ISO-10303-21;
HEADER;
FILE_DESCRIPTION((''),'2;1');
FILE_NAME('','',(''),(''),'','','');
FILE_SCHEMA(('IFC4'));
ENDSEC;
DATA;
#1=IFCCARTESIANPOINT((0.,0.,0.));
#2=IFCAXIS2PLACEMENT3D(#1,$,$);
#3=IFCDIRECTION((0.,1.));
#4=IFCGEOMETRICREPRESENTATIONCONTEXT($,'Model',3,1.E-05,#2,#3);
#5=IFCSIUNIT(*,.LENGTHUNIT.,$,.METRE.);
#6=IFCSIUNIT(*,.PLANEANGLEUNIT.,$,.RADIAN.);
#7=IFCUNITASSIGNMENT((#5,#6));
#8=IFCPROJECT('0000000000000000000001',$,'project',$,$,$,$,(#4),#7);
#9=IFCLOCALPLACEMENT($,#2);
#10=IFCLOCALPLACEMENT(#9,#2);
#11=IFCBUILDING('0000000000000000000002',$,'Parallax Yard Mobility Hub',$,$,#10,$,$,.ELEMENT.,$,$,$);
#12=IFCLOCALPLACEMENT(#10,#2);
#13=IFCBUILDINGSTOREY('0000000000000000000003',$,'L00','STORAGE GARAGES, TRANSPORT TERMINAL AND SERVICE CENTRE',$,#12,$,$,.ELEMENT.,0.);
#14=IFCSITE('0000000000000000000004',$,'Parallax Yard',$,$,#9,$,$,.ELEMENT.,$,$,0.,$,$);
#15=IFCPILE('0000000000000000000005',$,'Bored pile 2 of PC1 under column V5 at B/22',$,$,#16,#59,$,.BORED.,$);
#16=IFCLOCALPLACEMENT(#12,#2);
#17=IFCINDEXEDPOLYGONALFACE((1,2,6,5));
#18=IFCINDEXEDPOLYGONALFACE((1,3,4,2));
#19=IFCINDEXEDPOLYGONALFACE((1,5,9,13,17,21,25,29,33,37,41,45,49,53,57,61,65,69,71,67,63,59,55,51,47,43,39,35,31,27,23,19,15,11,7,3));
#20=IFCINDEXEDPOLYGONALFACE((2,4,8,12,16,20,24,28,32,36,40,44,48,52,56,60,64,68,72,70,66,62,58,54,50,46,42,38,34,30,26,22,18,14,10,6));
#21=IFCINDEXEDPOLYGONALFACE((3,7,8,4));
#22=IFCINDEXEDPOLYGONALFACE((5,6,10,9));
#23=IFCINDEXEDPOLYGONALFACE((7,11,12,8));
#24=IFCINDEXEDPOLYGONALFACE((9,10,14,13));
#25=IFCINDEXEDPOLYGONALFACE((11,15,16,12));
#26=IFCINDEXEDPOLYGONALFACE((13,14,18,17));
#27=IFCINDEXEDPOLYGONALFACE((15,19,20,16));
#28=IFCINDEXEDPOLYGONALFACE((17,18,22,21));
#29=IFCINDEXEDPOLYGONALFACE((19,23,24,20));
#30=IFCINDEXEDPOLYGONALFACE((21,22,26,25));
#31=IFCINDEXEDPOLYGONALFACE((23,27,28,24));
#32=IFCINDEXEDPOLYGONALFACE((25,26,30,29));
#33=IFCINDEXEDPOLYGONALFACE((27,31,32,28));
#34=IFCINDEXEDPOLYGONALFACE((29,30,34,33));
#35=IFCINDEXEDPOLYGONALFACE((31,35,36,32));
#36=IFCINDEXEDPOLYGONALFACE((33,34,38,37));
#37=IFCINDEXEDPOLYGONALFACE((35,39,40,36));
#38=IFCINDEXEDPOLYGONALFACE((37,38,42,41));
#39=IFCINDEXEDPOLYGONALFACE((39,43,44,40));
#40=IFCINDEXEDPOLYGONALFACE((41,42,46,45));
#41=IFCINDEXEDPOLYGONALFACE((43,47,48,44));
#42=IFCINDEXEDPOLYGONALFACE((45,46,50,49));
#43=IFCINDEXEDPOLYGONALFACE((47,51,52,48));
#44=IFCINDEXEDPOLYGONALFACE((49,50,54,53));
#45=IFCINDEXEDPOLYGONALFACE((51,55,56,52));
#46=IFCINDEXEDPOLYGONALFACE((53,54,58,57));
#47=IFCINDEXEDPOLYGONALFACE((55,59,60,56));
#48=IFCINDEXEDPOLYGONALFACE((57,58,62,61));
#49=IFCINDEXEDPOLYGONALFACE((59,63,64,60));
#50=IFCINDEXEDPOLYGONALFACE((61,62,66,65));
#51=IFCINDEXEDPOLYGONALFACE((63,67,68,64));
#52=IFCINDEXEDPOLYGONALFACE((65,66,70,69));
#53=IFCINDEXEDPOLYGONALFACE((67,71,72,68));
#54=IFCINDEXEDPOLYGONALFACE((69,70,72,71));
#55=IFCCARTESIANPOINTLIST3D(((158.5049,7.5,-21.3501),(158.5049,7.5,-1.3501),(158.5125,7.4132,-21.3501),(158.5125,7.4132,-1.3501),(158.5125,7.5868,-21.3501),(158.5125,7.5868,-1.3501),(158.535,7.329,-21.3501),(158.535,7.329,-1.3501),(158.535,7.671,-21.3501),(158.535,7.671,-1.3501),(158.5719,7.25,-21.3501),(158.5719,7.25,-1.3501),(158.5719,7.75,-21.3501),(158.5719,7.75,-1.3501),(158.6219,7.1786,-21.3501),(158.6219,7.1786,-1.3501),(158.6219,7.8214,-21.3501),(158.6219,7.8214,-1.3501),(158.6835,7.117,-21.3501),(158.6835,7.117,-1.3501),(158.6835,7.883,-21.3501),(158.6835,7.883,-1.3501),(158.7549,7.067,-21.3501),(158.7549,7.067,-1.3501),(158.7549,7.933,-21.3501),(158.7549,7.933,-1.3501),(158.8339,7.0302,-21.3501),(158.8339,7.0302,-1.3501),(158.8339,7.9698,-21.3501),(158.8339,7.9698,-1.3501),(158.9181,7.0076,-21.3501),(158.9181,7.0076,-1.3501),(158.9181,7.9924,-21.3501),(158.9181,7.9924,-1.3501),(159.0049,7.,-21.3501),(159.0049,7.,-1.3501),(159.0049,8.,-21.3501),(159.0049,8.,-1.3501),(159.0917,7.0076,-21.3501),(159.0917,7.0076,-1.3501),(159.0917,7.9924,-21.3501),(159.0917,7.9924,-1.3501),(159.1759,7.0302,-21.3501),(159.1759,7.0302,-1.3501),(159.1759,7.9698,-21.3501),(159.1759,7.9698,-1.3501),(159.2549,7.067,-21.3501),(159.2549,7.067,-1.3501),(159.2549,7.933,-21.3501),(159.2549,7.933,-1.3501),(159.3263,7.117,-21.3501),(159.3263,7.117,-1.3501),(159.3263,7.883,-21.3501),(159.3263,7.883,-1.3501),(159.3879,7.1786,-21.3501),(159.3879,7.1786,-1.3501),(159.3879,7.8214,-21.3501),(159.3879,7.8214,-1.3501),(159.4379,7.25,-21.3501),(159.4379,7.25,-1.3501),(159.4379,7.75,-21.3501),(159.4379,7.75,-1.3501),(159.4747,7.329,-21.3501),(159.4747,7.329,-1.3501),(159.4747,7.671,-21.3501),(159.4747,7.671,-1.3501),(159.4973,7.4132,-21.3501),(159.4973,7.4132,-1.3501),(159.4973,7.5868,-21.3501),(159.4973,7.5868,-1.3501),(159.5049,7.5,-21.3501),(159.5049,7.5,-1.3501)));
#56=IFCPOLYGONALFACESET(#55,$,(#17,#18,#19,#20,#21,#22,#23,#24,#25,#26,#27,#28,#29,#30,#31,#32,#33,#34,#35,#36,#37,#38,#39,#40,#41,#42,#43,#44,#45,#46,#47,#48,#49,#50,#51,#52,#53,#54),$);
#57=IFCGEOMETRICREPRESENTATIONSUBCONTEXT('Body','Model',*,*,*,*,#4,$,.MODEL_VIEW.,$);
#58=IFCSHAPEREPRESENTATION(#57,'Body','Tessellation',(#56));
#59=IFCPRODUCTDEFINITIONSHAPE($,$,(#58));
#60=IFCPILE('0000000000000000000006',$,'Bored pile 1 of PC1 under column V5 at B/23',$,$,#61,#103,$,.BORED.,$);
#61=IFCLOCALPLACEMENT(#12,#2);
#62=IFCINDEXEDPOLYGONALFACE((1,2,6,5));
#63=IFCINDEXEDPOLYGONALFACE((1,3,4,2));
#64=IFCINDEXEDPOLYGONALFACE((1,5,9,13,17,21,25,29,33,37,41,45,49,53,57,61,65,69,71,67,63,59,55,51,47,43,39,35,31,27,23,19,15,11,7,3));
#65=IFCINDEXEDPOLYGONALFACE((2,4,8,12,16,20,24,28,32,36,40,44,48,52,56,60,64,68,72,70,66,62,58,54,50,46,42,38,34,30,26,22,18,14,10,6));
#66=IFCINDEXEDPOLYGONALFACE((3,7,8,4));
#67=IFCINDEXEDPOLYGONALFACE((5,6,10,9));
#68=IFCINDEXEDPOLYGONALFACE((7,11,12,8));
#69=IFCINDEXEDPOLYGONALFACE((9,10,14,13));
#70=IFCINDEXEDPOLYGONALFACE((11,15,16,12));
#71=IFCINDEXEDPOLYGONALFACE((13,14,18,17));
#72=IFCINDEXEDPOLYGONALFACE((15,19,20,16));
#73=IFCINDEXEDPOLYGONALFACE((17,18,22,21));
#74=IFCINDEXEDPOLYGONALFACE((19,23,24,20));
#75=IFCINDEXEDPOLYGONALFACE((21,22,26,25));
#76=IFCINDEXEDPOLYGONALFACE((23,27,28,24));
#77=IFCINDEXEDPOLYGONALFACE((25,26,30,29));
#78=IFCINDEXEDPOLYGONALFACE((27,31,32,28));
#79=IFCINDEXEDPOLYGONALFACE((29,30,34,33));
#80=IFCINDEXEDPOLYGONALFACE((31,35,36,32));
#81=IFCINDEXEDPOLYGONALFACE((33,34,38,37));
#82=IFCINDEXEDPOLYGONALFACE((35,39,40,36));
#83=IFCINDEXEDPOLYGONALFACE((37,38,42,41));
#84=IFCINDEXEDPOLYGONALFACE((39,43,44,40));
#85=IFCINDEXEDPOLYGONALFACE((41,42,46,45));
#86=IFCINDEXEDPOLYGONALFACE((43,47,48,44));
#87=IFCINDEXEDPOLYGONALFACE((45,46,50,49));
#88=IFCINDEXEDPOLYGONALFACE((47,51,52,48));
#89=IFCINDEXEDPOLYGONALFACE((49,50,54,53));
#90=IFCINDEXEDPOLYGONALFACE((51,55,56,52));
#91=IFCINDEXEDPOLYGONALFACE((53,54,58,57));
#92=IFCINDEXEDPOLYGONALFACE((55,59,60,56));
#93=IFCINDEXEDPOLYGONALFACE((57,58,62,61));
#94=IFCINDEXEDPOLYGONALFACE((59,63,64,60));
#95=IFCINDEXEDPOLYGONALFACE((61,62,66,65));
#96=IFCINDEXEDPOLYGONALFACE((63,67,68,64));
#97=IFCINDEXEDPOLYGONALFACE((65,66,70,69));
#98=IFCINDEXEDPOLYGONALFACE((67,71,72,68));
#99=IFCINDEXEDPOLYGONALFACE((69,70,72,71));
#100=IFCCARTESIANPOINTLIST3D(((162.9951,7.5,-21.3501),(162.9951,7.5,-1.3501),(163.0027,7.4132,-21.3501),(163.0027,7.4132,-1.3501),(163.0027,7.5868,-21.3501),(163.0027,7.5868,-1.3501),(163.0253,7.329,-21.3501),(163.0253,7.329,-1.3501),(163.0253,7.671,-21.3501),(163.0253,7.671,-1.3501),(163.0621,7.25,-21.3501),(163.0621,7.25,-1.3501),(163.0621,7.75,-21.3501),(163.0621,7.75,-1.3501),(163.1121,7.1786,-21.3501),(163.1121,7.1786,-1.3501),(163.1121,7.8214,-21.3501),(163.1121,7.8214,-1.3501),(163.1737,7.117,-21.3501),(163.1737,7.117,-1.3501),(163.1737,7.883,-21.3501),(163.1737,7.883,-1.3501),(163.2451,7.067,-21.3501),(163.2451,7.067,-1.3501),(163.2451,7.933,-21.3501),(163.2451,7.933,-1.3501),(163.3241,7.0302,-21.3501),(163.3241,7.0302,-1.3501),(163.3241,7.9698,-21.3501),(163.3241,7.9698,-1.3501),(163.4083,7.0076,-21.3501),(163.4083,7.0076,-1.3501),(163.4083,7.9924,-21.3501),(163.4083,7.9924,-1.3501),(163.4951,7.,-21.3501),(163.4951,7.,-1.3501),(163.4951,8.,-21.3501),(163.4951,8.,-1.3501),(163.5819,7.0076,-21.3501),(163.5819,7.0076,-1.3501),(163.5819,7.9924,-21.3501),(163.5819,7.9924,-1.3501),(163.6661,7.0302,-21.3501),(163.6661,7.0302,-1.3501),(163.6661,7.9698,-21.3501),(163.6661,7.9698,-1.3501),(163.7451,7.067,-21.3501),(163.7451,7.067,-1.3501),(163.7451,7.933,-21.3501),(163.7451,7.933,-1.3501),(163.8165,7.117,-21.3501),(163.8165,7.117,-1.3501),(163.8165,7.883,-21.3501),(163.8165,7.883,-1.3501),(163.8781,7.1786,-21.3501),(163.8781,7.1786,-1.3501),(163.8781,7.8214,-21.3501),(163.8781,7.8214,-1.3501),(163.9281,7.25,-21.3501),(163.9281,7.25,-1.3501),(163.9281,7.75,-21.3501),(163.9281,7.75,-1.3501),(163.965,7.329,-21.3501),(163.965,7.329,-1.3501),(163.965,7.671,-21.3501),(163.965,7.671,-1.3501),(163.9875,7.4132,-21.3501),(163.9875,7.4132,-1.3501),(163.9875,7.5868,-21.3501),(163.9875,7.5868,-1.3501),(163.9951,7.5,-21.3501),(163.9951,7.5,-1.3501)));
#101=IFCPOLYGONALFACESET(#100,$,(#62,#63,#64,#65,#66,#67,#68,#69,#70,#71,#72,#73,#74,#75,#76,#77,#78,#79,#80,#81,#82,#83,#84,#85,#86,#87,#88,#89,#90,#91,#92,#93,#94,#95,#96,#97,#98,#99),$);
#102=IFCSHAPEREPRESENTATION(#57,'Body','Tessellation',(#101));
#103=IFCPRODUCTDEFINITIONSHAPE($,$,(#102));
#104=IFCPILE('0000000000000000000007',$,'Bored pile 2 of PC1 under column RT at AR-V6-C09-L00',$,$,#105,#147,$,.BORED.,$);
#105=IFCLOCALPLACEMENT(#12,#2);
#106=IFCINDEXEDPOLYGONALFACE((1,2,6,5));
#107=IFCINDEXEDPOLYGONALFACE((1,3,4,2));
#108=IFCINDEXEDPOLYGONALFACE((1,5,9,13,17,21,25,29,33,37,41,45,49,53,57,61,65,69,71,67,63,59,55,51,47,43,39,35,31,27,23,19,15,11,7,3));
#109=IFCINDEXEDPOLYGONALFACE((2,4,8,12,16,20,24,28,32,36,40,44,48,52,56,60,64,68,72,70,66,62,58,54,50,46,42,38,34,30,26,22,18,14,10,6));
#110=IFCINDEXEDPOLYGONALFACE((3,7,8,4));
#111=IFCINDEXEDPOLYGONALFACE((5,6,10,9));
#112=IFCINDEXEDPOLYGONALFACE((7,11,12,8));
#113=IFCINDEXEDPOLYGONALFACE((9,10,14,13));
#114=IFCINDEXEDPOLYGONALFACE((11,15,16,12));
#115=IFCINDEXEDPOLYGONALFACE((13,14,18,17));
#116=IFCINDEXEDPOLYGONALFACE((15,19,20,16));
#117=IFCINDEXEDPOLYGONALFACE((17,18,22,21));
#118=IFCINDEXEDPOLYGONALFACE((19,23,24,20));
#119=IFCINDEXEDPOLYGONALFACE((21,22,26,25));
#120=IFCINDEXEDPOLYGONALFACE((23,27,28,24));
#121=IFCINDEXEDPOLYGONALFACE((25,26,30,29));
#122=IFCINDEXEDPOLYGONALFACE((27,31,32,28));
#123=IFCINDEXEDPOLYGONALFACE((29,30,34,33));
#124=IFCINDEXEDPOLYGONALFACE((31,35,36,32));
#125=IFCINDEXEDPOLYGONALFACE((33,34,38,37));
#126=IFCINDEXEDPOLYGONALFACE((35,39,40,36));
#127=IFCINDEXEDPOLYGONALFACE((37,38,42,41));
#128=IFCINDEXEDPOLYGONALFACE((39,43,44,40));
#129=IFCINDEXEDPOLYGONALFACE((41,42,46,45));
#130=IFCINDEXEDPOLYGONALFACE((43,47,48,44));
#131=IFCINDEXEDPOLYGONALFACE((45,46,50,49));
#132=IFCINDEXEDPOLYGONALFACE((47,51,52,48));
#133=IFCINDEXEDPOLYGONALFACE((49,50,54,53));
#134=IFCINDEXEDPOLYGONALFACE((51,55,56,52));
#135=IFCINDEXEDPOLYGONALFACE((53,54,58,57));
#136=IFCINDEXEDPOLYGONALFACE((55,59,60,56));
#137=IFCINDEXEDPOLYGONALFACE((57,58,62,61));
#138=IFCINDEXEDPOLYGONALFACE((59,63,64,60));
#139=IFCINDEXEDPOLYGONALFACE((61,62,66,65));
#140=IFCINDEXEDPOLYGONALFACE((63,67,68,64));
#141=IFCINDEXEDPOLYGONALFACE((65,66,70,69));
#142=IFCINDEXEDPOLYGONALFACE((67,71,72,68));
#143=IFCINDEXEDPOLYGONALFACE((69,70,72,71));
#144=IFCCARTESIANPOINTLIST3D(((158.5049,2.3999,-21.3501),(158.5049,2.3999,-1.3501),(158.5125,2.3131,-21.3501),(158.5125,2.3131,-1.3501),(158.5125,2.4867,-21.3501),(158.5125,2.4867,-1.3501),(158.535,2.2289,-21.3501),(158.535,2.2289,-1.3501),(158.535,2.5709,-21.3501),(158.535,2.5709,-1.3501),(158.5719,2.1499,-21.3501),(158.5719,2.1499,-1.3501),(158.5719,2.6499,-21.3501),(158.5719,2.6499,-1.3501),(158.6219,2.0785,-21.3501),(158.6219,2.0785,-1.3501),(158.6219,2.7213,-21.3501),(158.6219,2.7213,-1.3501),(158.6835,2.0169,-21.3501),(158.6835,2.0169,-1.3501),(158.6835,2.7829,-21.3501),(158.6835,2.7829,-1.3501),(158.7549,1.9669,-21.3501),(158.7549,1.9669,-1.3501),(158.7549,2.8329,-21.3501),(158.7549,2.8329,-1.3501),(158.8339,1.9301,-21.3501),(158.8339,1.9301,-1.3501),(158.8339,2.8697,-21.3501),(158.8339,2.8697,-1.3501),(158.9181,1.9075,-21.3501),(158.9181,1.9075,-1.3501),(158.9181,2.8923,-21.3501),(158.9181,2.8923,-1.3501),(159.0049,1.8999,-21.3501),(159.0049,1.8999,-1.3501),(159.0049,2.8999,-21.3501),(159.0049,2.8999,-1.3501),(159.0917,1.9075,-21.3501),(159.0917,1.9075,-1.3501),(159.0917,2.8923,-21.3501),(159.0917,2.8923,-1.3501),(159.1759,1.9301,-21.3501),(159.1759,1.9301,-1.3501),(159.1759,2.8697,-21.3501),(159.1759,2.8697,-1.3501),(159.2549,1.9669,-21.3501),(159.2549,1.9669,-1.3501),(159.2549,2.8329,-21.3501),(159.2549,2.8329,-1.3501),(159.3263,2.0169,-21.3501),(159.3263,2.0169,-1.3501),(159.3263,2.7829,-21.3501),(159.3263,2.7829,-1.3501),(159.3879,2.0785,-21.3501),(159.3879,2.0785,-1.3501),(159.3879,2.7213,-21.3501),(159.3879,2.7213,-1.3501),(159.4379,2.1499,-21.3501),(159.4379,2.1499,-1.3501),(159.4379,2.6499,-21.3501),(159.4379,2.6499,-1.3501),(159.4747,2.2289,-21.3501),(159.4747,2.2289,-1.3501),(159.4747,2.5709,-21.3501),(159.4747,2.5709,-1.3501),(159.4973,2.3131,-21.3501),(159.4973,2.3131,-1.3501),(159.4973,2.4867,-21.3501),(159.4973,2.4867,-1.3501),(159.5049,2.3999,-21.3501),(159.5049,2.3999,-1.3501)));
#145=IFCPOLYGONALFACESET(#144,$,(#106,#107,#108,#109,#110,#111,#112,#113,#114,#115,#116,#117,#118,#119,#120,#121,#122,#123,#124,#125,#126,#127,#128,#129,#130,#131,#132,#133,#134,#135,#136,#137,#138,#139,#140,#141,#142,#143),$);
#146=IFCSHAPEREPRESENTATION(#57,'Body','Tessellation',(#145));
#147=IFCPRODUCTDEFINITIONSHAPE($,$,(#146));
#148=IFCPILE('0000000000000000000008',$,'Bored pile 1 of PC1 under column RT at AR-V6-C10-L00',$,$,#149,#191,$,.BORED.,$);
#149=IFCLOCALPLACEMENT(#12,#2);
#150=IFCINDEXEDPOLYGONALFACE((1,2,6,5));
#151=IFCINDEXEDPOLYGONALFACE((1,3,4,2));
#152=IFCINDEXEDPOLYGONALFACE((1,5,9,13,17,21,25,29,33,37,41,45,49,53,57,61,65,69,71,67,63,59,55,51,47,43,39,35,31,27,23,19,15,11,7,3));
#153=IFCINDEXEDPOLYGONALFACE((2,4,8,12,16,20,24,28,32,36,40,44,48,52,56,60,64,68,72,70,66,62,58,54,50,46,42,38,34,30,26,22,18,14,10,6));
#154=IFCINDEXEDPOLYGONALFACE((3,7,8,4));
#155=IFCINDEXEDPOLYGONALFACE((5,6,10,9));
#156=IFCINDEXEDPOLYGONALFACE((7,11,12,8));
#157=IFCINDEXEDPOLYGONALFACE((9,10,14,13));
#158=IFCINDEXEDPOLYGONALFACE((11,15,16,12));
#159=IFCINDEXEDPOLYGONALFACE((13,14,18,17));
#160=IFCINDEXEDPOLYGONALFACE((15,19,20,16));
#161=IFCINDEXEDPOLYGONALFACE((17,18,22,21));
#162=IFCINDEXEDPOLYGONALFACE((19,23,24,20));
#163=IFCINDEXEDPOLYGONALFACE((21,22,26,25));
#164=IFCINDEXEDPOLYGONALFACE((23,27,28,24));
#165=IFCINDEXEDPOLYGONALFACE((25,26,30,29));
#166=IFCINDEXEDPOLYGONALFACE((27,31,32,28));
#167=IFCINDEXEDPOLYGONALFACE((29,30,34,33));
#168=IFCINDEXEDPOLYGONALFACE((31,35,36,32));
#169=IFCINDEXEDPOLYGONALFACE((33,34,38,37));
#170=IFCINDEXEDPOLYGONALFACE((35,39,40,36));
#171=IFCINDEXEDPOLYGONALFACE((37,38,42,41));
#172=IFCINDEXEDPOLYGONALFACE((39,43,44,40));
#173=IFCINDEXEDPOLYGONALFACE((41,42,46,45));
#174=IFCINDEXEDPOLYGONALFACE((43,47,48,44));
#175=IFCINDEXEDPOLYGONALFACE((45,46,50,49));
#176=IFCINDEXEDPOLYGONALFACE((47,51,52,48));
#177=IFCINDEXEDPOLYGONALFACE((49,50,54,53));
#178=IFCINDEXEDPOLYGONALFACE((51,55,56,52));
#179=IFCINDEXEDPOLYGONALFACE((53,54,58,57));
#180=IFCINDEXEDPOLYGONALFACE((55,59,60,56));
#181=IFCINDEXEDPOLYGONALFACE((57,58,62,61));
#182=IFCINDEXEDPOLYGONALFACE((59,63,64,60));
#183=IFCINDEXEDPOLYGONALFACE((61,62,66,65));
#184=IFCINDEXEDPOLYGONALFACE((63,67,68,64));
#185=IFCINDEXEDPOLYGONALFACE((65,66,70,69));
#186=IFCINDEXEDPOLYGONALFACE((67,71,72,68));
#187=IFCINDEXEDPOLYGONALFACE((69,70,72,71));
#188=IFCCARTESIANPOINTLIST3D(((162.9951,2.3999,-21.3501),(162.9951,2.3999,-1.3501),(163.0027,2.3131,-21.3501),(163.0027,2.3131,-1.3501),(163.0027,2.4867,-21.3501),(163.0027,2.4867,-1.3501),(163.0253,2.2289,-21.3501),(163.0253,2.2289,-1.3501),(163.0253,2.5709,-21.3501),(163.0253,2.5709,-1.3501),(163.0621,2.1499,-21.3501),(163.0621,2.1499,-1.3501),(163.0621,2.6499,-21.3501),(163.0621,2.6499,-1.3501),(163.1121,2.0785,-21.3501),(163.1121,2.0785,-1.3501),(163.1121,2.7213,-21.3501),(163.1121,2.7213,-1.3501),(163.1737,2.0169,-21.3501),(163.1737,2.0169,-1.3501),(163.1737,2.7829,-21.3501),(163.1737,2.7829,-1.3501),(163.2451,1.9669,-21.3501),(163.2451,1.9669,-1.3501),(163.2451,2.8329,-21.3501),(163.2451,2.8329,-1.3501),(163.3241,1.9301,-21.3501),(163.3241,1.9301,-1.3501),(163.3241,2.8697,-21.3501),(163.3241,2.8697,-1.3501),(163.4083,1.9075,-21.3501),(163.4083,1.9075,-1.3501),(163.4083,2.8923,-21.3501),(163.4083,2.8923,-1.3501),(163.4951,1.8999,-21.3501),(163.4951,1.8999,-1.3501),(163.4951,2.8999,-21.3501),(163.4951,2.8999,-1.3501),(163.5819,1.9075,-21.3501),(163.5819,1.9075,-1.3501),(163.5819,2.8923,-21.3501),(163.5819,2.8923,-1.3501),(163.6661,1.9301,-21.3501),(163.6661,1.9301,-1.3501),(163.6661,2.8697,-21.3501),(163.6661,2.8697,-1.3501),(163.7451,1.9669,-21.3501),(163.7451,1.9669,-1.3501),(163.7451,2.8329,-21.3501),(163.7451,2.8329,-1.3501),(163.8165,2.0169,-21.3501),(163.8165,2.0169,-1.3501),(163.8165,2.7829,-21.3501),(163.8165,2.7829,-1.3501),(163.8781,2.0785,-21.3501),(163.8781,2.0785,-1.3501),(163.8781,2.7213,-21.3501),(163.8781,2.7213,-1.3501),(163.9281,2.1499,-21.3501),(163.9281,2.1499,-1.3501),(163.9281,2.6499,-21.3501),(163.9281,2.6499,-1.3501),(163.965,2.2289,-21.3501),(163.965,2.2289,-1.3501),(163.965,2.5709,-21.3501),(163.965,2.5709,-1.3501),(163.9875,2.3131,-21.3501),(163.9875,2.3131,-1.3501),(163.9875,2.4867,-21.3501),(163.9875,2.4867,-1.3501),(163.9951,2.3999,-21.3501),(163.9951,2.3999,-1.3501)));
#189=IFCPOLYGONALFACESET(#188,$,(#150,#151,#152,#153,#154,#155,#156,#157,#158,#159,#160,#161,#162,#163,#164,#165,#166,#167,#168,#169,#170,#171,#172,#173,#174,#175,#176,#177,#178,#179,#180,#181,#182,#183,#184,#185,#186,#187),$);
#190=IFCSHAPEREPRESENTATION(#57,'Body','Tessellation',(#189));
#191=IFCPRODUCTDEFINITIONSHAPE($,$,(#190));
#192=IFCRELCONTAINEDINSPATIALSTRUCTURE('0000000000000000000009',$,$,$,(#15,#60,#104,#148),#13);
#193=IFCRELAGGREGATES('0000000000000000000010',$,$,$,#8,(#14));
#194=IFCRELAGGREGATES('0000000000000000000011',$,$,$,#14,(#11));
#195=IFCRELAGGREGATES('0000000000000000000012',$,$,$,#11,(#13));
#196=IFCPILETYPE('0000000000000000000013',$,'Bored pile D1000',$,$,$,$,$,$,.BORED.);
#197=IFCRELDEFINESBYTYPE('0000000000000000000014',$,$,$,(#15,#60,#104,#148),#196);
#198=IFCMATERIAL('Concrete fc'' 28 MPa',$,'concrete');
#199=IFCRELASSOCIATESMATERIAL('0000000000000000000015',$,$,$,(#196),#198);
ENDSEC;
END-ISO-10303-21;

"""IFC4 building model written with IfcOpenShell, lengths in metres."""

from ifc_helpers import new_model, si_unit, direction, frame, origin, origin_2d, place, context, subcontext, project, spatial, circle, extrude, material, material_profile, profile_set, type_object, element, save


model = new_model("IFC4")

# Units and contexts
model_context = context("Model", 3, precision=1e-05, world=origin(), true_north=direction((0.0, 1.0)))
body_context = subcontext(model_context, "Body", "Model", "MODEL_VIEW")
ifc_project = project(units=[si_unit("LENGTHUNIT", "METRE"), si_unit("PLANEANGLEUNIT", "RADIAN")], contexts=[model_context])

# Site, building, storey
site_placement = place(None, origin())
site = spatial("IfcSite", under=ifc_project, at=site_placement, Name="Parallax Yard", CompositionType="ELEMENT", RefElevation=0.0)
building_placement = place(site_placement, origin())
building = spatial("IfcBuilding", under=site, at=building_placement, Name="Parallax Yard Mobility Hub", CompositionType="ELEMENT")
storey_placement = place(building_placement, origin())
storey = spatial("IfcBuildingStorey", under=building, at=storey_placement, Name="L00", Description="STORAGE GARAGES, TRANSPORT TERMINAL AND SERVICE CENTRE", CompositionType="ELEMENT", Elevation=0.0)

# Piles
ifc_material_1 = material(Name="Concrete fc' 28 MPa", Category="concrete")
ifc_material_profile_1 = material_profile(ifc_material_1, circle(Radius=0.5, at=origin_2d()), Name="Bored pile D1000")
ifc_profile_set_1 = profile_set([ifc_material_profile_1], Name="Concrete fc' 28 MPa")
pile_type = type_object("IfcPileType", Name="Bored pile D1000", PredefinedType="BORED", material=ifc_profile_set_1)
for number, where, z_axis, x_axis, name in (
    (1, (159.0049, 7.5, -1.3501), (0.0, 0.0, -1.0), (1.0, 0.0, 0.0), "Bored pile 2 of PC1 under column V5 at B/22"),
    (2, (163.4951, 7.5, -1.3501), (0.0, 0.0, -1.0), (1.0, 0.0, 0.0), "Bored pile 1 of PC1 under column V5 at B/23"),
    (3, (159.0049, 2.3999, -1.3501), (0.0, 0.0, -1.0), (1.0, 0.0, 0.0), "Bored pile 2 of PC1 under column RT at AR-V6-C09-L00"),
    (4, (163.4951, 2.3999, -1.3501), (0.0, 0.0, -1.0), (1.0, 0.0, 0.0), "Bored pile 1 of PC1 under column RT at AR-V6-C10-L00"),
):
    element("IfcPile", number, at=place(storey_placement, frame(where, z_axis=z_axis, x_axis=x_axis)), inside=storey, type_object=pile_type, Name=name, PredefinedType="BORED", context=body_context, shape_type="SweptSolid", body=[
        extrude(circle(Radius=0.5, at=origin_2d()), origin(), (0.0, 0.0, 1.0), 20.0),
    ])

save(model, "model.ifc")
